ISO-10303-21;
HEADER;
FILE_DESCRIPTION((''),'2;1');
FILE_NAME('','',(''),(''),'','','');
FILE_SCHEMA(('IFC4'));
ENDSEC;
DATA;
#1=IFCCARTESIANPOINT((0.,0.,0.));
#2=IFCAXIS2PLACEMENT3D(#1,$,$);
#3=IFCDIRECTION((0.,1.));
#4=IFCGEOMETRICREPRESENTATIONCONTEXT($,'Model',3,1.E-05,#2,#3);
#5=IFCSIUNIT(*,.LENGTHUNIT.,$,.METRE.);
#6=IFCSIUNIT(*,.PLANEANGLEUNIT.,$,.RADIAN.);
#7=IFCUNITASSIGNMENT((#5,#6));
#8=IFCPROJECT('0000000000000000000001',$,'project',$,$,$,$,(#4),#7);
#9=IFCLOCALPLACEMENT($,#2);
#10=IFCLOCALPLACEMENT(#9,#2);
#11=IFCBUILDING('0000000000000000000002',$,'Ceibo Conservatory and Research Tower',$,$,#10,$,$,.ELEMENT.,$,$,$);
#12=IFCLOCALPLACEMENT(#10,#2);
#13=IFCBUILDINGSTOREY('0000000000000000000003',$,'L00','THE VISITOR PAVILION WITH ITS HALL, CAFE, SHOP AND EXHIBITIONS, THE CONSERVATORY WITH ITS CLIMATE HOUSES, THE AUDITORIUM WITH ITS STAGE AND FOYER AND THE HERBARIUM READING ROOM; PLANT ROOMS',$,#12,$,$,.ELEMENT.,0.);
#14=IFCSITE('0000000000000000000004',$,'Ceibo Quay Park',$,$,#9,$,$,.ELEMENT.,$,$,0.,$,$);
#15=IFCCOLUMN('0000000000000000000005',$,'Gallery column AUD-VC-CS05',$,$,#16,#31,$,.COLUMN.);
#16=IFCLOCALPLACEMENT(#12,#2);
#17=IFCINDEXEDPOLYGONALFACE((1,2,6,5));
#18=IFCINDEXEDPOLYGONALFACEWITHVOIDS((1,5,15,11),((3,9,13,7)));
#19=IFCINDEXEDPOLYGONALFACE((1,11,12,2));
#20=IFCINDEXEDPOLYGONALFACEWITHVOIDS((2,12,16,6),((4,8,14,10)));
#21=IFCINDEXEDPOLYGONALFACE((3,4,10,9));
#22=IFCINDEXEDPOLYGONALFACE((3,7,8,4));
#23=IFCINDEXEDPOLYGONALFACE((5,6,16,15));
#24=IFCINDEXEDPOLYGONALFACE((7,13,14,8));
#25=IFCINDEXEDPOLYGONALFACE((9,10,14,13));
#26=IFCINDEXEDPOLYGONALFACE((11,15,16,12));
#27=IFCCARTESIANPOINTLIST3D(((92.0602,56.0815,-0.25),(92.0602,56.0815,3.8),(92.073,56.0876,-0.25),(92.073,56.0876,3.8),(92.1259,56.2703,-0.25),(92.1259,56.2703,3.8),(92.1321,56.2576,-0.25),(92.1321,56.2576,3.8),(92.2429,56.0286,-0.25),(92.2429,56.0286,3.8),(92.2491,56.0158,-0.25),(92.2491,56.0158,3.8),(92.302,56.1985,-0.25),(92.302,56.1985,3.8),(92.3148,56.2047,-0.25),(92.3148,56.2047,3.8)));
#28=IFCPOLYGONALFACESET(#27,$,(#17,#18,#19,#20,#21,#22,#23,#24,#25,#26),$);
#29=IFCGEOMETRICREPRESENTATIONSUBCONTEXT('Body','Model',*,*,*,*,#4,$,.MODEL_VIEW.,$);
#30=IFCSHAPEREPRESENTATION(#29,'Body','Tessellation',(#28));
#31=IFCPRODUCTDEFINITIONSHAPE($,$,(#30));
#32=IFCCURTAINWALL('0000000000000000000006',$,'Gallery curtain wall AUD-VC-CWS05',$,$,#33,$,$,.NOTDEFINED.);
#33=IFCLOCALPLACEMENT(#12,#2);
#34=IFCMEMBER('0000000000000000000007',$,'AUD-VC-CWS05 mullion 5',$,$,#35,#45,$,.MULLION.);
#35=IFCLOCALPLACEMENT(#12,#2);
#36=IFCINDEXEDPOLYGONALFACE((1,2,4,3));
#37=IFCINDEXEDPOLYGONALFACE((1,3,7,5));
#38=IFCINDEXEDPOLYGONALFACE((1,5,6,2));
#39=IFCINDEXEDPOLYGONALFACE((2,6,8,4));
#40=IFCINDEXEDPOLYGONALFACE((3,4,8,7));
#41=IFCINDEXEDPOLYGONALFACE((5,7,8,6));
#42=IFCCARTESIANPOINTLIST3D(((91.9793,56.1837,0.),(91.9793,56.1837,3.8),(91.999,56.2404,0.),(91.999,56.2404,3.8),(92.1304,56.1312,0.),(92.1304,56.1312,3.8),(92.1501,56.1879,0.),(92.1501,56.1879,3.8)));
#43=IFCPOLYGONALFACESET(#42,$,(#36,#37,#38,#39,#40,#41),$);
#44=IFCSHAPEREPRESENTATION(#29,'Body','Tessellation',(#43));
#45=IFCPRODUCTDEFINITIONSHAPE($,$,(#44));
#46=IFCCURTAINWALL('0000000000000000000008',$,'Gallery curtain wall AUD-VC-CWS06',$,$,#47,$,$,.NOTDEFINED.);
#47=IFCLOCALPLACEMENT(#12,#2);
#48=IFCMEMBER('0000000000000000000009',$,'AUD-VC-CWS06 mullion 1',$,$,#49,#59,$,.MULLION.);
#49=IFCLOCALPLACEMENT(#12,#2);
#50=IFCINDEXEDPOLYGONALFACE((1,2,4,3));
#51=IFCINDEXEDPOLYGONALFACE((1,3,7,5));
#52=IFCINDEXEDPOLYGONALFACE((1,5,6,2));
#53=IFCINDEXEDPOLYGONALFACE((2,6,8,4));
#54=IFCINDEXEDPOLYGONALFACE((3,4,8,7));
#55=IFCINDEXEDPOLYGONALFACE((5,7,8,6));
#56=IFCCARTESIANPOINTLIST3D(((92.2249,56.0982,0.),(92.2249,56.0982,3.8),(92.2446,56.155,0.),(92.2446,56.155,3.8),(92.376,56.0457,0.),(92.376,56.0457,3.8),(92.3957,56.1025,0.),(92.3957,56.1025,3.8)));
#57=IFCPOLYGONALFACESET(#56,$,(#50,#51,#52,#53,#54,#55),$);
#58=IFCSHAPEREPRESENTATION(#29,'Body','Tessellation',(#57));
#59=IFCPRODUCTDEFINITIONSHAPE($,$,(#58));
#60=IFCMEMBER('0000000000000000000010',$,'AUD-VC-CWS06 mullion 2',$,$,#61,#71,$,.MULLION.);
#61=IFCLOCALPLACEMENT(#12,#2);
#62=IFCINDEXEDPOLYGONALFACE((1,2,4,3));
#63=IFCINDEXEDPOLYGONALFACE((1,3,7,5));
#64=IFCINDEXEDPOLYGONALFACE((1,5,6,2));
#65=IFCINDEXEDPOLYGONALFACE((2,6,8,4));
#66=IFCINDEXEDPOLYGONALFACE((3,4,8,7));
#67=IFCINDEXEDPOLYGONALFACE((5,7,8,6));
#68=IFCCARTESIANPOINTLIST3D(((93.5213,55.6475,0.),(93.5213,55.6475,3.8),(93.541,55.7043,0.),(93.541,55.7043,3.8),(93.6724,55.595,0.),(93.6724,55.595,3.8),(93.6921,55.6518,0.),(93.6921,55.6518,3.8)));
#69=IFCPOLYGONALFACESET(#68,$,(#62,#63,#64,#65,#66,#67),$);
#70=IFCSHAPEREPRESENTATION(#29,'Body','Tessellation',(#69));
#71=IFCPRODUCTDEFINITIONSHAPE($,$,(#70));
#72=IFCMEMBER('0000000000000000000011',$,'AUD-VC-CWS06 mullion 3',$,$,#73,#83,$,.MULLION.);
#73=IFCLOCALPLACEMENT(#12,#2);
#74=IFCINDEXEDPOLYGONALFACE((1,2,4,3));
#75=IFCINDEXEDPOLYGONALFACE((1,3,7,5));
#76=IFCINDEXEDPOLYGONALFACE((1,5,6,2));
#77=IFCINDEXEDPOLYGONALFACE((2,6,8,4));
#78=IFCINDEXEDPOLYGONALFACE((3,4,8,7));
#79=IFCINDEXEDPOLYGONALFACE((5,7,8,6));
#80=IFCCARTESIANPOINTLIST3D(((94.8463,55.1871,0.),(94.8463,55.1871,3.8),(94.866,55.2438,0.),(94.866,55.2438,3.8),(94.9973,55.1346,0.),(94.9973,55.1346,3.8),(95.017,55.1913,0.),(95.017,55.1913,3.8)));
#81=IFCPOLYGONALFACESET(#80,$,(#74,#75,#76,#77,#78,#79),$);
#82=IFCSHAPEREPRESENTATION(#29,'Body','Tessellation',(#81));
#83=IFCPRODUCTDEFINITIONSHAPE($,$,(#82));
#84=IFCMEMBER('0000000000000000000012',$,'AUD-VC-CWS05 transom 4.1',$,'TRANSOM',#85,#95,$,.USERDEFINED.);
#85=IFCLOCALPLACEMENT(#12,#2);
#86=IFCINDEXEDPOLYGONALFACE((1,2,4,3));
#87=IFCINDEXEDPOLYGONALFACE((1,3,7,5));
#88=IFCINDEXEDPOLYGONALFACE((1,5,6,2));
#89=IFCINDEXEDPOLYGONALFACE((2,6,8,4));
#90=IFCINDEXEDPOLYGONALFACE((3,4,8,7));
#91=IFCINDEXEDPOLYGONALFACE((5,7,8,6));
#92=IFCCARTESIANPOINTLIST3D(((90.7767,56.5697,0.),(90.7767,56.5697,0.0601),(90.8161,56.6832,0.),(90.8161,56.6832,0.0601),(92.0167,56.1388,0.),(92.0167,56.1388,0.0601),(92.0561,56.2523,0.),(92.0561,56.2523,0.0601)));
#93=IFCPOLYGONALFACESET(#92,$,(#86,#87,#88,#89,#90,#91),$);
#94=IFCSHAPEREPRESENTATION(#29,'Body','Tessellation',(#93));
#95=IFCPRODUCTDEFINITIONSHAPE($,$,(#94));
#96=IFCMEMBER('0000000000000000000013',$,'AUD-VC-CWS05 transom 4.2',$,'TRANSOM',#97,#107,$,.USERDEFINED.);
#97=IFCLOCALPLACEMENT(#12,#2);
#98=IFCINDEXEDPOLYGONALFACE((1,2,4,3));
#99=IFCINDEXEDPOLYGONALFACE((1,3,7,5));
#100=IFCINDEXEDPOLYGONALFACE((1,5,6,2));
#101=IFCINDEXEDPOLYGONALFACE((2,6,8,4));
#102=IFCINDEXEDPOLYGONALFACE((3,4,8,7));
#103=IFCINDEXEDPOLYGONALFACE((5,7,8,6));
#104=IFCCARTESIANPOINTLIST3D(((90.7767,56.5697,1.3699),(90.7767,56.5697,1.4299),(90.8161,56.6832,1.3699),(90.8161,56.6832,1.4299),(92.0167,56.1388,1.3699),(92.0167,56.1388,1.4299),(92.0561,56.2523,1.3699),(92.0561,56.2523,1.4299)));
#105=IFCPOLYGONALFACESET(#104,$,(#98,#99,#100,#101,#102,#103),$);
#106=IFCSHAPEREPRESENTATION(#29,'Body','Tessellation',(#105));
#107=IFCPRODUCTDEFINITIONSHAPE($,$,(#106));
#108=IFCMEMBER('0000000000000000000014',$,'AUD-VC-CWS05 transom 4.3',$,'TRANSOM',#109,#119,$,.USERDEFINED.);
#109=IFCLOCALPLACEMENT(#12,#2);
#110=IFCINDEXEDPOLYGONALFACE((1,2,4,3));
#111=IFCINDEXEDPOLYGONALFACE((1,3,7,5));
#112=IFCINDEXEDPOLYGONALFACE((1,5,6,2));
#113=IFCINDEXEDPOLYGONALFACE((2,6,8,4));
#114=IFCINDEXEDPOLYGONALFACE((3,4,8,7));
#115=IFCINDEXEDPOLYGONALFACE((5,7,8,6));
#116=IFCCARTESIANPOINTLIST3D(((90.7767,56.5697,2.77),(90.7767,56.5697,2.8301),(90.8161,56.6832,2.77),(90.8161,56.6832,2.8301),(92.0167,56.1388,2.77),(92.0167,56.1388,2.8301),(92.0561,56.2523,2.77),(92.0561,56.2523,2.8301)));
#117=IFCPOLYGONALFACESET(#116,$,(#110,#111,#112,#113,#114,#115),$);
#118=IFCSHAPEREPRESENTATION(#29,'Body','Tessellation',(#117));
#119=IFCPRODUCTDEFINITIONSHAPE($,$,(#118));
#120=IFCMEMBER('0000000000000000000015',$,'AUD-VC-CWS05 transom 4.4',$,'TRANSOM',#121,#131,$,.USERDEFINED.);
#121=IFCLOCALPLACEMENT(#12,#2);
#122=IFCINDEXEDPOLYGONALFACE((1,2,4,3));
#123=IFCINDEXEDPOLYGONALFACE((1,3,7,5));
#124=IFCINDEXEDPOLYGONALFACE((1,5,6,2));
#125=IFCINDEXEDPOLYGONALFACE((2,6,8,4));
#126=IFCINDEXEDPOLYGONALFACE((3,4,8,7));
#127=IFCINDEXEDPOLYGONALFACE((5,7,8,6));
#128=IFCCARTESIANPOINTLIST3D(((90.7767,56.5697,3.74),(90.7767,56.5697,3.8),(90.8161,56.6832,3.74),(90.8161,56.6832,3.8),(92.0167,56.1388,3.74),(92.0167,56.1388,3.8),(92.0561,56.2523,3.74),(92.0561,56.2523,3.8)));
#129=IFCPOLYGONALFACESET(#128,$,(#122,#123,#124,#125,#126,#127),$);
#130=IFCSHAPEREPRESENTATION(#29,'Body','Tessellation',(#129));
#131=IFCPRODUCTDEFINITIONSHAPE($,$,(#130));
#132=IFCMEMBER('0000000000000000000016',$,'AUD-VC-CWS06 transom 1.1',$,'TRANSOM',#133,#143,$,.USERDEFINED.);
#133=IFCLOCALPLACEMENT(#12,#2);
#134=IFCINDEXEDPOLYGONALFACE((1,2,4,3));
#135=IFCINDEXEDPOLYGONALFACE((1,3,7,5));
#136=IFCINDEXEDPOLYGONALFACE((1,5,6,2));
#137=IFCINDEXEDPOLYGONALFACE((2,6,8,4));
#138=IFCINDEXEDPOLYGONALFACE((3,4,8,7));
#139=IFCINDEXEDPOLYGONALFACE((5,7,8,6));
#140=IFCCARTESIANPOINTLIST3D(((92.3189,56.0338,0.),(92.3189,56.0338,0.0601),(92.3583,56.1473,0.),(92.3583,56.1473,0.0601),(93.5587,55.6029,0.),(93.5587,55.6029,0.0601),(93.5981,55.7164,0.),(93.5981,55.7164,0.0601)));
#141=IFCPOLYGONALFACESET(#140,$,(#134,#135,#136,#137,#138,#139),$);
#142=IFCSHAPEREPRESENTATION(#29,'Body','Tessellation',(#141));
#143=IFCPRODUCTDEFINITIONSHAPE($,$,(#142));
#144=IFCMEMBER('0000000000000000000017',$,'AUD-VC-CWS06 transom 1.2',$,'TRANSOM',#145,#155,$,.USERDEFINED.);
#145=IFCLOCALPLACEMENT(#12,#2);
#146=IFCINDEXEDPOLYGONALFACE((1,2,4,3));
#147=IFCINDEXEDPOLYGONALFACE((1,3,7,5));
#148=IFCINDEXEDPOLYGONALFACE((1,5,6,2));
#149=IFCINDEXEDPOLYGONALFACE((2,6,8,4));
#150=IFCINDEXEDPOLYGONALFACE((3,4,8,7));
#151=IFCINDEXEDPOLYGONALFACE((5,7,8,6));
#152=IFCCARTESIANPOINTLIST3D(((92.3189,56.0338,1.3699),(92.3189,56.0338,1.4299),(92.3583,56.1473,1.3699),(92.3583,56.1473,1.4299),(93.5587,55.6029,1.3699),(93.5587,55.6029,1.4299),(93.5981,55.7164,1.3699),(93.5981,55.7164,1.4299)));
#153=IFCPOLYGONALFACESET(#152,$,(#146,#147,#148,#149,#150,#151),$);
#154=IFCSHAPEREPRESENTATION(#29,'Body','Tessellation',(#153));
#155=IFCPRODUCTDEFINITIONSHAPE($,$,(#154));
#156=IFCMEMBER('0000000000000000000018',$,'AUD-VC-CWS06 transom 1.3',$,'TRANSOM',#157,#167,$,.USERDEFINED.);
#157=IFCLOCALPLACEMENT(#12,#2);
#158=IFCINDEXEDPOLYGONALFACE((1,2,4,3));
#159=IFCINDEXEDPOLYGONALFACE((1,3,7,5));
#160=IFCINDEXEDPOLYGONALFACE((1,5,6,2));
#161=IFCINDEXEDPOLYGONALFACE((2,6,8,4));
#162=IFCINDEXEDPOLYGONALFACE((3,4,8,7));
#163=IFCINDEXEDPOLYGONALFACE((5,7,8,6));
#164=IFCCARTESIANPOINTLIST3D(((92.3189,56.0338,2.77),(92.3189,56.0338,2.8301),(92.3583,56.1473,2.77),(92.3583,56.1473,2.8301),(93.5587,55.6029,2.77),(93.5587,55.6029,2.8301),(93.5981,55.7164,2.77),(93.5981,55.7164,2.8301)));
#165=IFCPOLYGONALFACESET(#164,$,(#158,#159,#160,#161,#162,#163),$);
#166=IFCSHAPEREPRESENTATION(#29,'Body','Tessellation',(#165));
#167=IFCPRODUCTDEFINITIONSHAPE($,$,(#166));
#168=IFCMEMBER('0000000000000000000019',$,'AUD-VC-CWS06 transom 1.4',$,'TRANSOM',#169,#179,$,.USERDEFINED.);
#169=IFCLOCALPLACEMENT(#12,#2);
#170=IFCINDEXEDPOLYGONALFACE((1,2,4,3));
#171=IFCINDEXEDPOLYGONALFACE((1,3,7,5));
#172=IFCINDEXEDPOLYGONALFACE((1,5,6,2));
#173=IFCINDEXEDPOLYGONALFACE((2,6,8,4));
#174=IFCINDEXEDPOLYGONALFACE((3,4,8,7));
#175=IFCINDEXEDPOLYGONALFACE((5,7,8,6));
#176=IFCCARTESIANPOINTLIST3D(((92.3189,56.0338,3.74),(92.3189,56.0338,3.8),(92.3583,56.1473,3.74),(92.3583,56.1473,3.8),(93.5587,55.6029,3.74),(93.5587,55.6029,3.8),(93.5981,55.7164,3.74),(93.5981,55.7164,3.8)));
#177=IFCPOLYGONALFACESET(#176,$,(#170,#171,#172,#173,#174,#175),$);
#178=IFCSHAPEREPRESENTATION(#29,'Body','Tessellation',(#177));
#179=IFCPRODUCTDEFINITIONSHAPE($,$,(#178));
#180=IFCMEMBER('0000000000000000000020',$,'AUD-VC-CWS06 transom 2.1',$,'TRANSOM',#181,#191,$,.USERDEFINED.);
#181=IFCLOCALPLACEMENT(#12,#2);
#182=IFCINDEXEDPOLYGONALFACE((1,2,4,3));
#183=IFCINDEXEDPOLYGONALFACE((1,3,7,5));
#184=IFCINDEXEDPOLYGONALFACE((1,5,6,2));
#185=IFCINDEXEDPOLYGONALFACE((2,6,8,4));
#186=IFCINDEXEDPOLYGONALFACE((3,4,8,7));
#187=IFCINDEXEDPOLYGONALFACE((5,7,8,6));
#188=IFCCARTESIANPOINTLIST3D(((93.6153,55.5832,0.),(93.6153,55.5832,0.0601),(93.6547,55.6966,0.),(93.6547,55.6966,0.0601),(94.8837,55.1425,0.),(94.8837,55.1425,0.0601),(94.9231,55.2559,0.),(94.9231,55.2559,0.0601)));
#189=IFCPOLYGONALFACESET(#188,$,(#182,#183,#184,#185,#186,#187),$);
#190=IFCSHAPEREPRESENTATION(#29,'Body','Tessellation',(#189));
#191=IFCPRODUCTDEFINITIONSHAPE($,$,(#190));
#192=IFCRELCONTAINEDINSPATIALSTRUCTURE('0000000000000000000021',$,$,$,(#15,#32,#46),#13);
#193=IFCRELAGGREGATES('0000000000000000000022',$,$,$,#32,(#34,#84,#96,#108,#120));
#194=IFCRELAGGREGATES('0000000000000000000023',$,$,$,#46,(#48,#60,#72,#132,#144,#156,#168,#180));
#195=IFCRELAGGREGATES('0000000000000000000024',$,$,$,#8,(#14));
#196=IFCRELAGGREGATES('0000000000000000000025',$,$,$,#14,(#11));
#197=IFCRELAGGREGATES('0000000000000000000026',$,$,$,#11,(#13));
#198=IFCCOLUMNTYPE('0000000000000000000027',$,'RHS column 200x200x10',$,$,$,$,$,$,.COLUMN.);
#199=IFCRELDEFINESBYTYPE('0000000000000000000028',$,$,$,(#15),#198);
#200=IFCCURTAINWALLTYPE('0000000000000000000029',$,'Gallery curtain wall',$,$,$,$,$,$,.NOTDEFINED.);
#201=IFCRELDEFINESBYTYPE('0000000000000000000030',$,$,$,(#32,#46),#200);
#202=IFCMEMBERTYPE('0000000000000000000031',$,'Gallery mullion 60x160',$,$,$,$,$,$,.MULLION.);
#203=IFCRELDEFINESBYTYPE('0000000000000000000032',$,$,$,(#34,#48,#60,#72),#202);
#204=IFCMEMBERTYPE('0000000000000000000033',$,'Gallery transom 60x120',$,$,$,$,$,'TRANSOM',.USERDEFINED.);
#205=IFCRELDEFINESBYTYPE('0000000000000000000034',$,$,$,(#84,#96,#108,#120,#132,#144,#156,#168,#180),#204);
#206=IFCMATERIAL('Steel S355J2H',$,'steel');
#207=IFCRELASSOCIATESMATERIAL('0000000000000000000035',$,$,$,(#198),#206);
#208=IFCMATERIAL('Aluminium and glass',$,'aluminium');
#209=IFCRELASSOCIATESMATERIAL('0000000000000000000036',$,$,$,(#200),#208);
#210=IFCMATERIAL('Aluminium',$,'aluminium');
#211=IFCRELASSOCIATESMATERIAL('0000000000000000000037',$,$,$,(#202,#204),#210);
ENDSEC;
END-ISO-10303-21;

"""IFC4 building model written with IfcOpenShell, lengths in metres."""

from ifc_helpers import new_model, si_unit, direction, frame, origin, origin_2d, place, context, subcontext, project, spatial, rectangle, hollow_rectangle, extrude, material, material_profile, profile_set, type_object, element, aggregate, save


model = new_model("IFC4")

# Units and contexts
model_context = context("Model", 3, precision=1e-05, world=origin(), true_north=direction((0.0, 1.0)))
body_context = subcontext(model_context, "Body", "Model", "MODEL_VIEW")
ifc_project = project(units=[si_unit("LENGTHUNIT", "METRE"), si_unit("PLANEANGLEUNIT", "RADIAN")], contexts=[model_context])

# Site, building, storey
site_placement = place(None, origin())
site = spatial("IfcSite", under=ifc_project, at=site_placement, Name="Ceibo Quay Park", CompositionType="ELEMENT", RefElevation=0.0)
building_placement = place(site_placement, origin())
building = spatial("IfcBuilding", under=site, at=building_placement, Name="Ceibo Conservatory and Research Tower", CompositionType="ELEMENT")
storey_placement = place(building_placement, origin())
storey = spatial("IfcBuildingStorey", under=building, at=storey_placement, Name="L00", Description="THE VISITOR PAVILION WITH ITS HALL, CAFE, SHOP AND EXHIBITIONS, THE CONSERVATORY WITH ITS CLIMATE HOUSES, THE AUDITORIUM WITH ITS STAGE AND FOYER AND THE HERBARIUM READING ROOM; PLANT ROOMS", CompositionType="ELEMENT", Elevation=0.0)

# Column
ifc_material_1 = material(Name="Steel S355J2H", Category="steel")
ifc_material_profile_1 = material_profile(ifc_material_1, hollow_rectangle(XDim=0.2, YDim=0.2, WallThickness=0.01, at=origin_2d()), Name="RHS column 200x200x10")
ifc_profile_set_1 = profile_set([ifc_material_profile_1], Name="Steel S355J2H")
column_type = type_object("IfcColumnType", Name="RHS column 200x200x10", PredefinedType="COLUMN", material=ifc_profile_set_1)
column_placement = place(storey_placement, frame((92.1875, 56.1431, -0.25), z_axis=(0.0, 0.0, 1.0), x_axis=(0.944579, -0.328284, 0.0)))
element("IfcColumn", 1, at=column_placement, inside=storey, type_object=column_type, Name="Gallery column AUD-VC-CS05", PredefinedType="COLUMN", context=body_context, shape_type="SweptSolid", body=[
    extrude(hollow_rectangle(XDim=0.2, YDim=0.2, WallThickness=0.01, at=origin_2d()), origin(), (0.0, 0.0, 1.0), 4.05),
])

# Curtain wall, member
ifc_material_2 = material(Name="Aluminium and glass", Category="aluminium")
curtain_wall_type = type_object("IfcCurtainWallType", Name="Gallery curtain wall", PredefinedType="NOTDEFINED", material=ifc_material_2)
curtain_wall_1_placement = place(storey_placement, origin())
curtain_wall_1 = element("IfcCurtainWall", 2, at=curtain_wall_1_placement, inside=storey, type_object=curtain_wall_type, Name="Gallery curtain wall AUD-VC-CWS05", PredefinedType="NOTDEFINED")
ifc_material_3 = material(Name="Aluminium", Category="aluminium")
ifc_material_profile_2 = material_profile(ifc_material_3, rectangle(XDim=0.0601, YDim=0.1599, at=origin_2d()), Name="AL 60x160")
ifc_profile_set_2 = profile_set([ifc_material_profile_2], Name="Aluminium")
member_type_1 = type_object("IfcMemberType", Name="Gallery mullion 60x160", PredefinedType="MULLION", material=ifc_profile_set_2)
member_1_placement = place(storey_placement, frame((92.0647, 56.1858, 0.0), z_axis=(0.0, 0.0, 1.0), x_axis=(0.328284, 0.944579, 0.0)))
member_1 = element("IfcMember", 3, at=member_1_placement, type_object=member_type_1, Name="AUD-VC-CWS05 mullion 5", PredefinedType="MULLION", context=body_context, shape_type="SweptSolid", body=[
    extrude(rectangle(XDim=0.0601, YDim=0.1599, at=origin_2d()), origin(), (0.0, 0.0, 1.0), 3.8),
])

# Curtain wall, members
curtain_wall_2_placement = place(storey_placement, origin())
curtain_wall_2 = element("IfcCurtainWall", 4, at=curtain_wall_2_placement, inside=storey, type_object=curtain_wall_type, Name="Gallery curtain wall AUD-VC-CWS06", PredefinedType="NOTDEFINED")
member_2_placement = place(storey_placement, frame((92.3103, 56.1003, 0.0), z_axis=(0.0, 0.0, 1.0), x_axis=(0.328284, 0.944579, 0.0)))
member_2 = element("IfcMember", 5, at=member_2_placement, type_object=member_type_1, Name="AUD-VC-CWS06 mullion 1", PredefinedType="MULLION", context=body_context, shape_type="SweptSolid", body=[
    extrude(rectangle(XDim=0.0601, YDim=0.1599, at=origin_2d()), origin(), (0.0, 0.0, 1.0), 3.8),
])
member_3_placement = place(storey_placement, frame((93.6067, 55.6497, 0.0), z_axis=(0.0, 0.0, 1.0), x_axis=(0.328284, 0.944579, 0.0)))
member_3 = element("IfcMember", 6, at=member_3_placement, type_object=member_type_1, Name="AUD-VC-CWS06 mullion 2", PredefinedType="MULLION", context=body_context, shape_type="SweptSolid", body=[
    extrude(rectangle(XDim=0.0601, YDim=0.1599, at=origin_2d()), origin(), (0.0, 0.0, 1.0), 3.8),
])
member_4_placement = place(storey_placement, frame((94.9316, 55.1892, 0.0), z_axis=(0.0, 0.0, 1.0), x_axis=(0.328284, 0.944579, 0.0)))
member_4 = element("IfcMember", 7, at=member_4_placement, type_object=member_type_1, Name="AUD-VC-CWS06 mullion 3", PredefinedType="MULLION", context=body_context, shape_type="SweptSolid", body=[
    extrude(rectangle(XDim=0.0601, YDim=0.1599, at=origin_2d()), origin(), (0.0, 0.0, 1.0), 3.8),
])

# Members
ifc_material_profile_3 = material_profile(ifc_material_3, rectangle(XDim=0.1201, YDim=0.0601, at=origin_2d()), Name="AL 60x120")
ifc_profile_set_3 = profile_set([ifc_material_profile_3], Name="Aluminium")
member_type_2 = type_object("IfcMemberType", Name="Gallery transom 60x120", ElementType="TRANSOM", PredefinedType="USERDEFINED", material=ifc_profile_set_3)
member_5_placement = place(storey_placement, frame((90.7964, 56.6265, 0.03), z_axis=(0.94459, -0.328254, 0.0), x_axis=(0.328254, 0.94459, 0.0)))
member_5 = element("IfcMember", 8, at=member_5_placement, type_object=member_type_2, Name="AUD-VC-CWS05 transom 4.1", ObjectType="TRANSOM", PredefinedType="USERDEFINED", context=body_context, shape_type="SweptSolid", body=[
    extrude(rectangle(XDim=0.1201, YDim=0.0601, at=origin_2d()), origin(), (0.0, 0.0, 1.0), 1.3127),
])
member_6_placement = place(storey_placement, frame((90.7964, 56.6265, 1.3999), z_axis=(0.94459, -0.328254, 0.0), x_axis=(0.328254, 0.94459, 0.0)))
member_6 = element("IfcMember", 9, at=member_6_placement, type_object=member_type_2, Name="AUD-VC-CWS05 transom 4.2", ObjectType="TRANSOM", PredefinedType="USERDEFINED", context=body_context, shape_type="SweptSolid", body=[
    extrude(rectangle(XDim=0.1201, YDim=0.0601, at=origin_2d()), origin(), (0.0, 0.0, 1.0), 1.3127),
])
member_7_placement = place(storey_placement, frame((90.7964, 56.6265, 2.8), z_axis=(0.94459, -0.328254, 0.0), x_axis=(0.328254, 0.94459, 0.0)))
member_7 = element("IfcMember", 10, at=member_7_placement, type_object=member_type_2, Name="AUD-VC-CWS05 transom 4.3", ObjectType="TRANSOM", PredefinedType="USERDEFINED", context=body_context, shape_type="SweptSolid", body=[
    extrude(rectangle(XDim=0.1201, YDim=0.0601, at=origin_2d()), origin(), (0.0, 0.0, 1.0), 1.3127),
])
member_8_placement = place(storey_placement, frame((90.7964, 56.6265, 3.77), z_axis=(0.94459, -0.328254, 0.0), x_axis=(0.328254, 0.94459, 0.0)))
member_8 = element("IfcMember", 11, at=member_8_placement, type_object=member_type_2, Name="AUD-VC-CWS05 transom 4.4", ObjectType="TRANSOM", PredefinedType="USERDEFINED", context=body_context, shape_type="SweptSolid", body=[
    extrude(rectangle(XDim=0.1201, YDim=0.0601, at=origin_2d()), origin(), (0.0, 0.0, 1.0), 1.3127),
])
member_9_placement = place(storey_placement, frame((92.3386, 56.0906, 0.03), z_axis=(0.94457, -0.328311, 0.0), x_axis=(0.328311, 0.94457, 0.0)))
member_9 = element("IfcMember", 12, at=member_9_placement, type_object=member_type_2, Name="AUD-VC-CWS06 transom 1.1", ObjectType="TRANSOM", PredefinedType="USERDEFINED", context=body_context, shape_type="SweptSolid", body=[
    extrude(rectangle(XDim=0.1201, YDim=0.0601, at=origin_2d()), origin(), (0.0, 0.0, 1.0), 1.3125),
])
member_10_placement = place(storey_placement, frame((92.3386, 56.0906, 1.3999), z_axis=(0.94457, -0.328311, 0.0), x_axis=(0.328311, 0.94457, 0.0)))
member_10 = element("IfcMember", 13, at=member_10_placement, type_object=member_type_2, Name="AUD-VC-CWS06 transom 1.2", ObjectType="TRANSOM", PredefinedType="USERDEFINED", context=body_context, shape_type="SweptSolid", body=[
    extrude(rectangle(XDim=0.1201, YDim=0.0601, at=origin_2d()), origin(), (0.0, 0.0, 1.0), 1.3125),
])
member_11_placement = place(storey_placement, frame((92.3386, 56.0906, 2.8), z_axis=(0.94457, -0.328311, 0.0), x_axis=(0.328311, 0.94457, 0.0)))
member_11 = element("IfcMember", 14, at=member_11_placement, type_object=member_type_2, Name="AUD-VC-CWS06 transom 1.3", ObjectType="TRANSOM", PredefinedType="USERDEFINED", context=body_context, shape_type="SweptSolid", body=[
    extrude(rectangle(XDim=0.1201, YDim=0.0601, at=origin_2d()), origin(), (0.0, 0.0, 1.0), 1.3125),
])
member_12_placement = place(storey_placement, frame((92.3386, 56.0906, 3.77), z_axis=(0.94457, -0.328311, 0.0), x_axis=(0.328311, 0.94457, 0.0)))
member_12 = element("IfcMember", 15, at=member_12_placement, type_object=member_type_2, Name="AUD-VC-CWS06 transom 1.4", ObjectType="TRANSOM", PredefinedType="USERDEFINED", context=body_context, shape_type="SweptSolid", body=[
    extrude(rectangle(XDim=0.1201, YDim=0.0601, at=origin_2d()), origin(), (0.0, 0.0, 1.0), 1.3125),
])
member_13_placement = place(storey_placement, frame((93.635, 55.6399, 0.03), z_axis=(0.944607, -0.328203, 0.0), x_axis=(0.328203, 0.944607, 0.0)))
member_13 = element("IfcMember", 16, at=member_13_placement, type_object=member_type_2, Name="AUD-VC-CWS06 transom 2.1", ObjectType="TRANSOM", PredefinedType="USERDEFINED", context=body_context, shape_type="SweptSolid", body=[
    extrude(rectangle(XDim=0.1201, YDim=0.0601, at=origin_2d()), origin(), (0.0, 0.0, 1.0), 1.3428),
])

aggregate(curtain_wall_1, [member_1, member_5, member_6, member_7, member_8])
aggregate(curtain_wall_2, [member_2, member_3, member_4, member_9, member_10, member_11, member_12, member_13])

save(model, "model.ifc")
